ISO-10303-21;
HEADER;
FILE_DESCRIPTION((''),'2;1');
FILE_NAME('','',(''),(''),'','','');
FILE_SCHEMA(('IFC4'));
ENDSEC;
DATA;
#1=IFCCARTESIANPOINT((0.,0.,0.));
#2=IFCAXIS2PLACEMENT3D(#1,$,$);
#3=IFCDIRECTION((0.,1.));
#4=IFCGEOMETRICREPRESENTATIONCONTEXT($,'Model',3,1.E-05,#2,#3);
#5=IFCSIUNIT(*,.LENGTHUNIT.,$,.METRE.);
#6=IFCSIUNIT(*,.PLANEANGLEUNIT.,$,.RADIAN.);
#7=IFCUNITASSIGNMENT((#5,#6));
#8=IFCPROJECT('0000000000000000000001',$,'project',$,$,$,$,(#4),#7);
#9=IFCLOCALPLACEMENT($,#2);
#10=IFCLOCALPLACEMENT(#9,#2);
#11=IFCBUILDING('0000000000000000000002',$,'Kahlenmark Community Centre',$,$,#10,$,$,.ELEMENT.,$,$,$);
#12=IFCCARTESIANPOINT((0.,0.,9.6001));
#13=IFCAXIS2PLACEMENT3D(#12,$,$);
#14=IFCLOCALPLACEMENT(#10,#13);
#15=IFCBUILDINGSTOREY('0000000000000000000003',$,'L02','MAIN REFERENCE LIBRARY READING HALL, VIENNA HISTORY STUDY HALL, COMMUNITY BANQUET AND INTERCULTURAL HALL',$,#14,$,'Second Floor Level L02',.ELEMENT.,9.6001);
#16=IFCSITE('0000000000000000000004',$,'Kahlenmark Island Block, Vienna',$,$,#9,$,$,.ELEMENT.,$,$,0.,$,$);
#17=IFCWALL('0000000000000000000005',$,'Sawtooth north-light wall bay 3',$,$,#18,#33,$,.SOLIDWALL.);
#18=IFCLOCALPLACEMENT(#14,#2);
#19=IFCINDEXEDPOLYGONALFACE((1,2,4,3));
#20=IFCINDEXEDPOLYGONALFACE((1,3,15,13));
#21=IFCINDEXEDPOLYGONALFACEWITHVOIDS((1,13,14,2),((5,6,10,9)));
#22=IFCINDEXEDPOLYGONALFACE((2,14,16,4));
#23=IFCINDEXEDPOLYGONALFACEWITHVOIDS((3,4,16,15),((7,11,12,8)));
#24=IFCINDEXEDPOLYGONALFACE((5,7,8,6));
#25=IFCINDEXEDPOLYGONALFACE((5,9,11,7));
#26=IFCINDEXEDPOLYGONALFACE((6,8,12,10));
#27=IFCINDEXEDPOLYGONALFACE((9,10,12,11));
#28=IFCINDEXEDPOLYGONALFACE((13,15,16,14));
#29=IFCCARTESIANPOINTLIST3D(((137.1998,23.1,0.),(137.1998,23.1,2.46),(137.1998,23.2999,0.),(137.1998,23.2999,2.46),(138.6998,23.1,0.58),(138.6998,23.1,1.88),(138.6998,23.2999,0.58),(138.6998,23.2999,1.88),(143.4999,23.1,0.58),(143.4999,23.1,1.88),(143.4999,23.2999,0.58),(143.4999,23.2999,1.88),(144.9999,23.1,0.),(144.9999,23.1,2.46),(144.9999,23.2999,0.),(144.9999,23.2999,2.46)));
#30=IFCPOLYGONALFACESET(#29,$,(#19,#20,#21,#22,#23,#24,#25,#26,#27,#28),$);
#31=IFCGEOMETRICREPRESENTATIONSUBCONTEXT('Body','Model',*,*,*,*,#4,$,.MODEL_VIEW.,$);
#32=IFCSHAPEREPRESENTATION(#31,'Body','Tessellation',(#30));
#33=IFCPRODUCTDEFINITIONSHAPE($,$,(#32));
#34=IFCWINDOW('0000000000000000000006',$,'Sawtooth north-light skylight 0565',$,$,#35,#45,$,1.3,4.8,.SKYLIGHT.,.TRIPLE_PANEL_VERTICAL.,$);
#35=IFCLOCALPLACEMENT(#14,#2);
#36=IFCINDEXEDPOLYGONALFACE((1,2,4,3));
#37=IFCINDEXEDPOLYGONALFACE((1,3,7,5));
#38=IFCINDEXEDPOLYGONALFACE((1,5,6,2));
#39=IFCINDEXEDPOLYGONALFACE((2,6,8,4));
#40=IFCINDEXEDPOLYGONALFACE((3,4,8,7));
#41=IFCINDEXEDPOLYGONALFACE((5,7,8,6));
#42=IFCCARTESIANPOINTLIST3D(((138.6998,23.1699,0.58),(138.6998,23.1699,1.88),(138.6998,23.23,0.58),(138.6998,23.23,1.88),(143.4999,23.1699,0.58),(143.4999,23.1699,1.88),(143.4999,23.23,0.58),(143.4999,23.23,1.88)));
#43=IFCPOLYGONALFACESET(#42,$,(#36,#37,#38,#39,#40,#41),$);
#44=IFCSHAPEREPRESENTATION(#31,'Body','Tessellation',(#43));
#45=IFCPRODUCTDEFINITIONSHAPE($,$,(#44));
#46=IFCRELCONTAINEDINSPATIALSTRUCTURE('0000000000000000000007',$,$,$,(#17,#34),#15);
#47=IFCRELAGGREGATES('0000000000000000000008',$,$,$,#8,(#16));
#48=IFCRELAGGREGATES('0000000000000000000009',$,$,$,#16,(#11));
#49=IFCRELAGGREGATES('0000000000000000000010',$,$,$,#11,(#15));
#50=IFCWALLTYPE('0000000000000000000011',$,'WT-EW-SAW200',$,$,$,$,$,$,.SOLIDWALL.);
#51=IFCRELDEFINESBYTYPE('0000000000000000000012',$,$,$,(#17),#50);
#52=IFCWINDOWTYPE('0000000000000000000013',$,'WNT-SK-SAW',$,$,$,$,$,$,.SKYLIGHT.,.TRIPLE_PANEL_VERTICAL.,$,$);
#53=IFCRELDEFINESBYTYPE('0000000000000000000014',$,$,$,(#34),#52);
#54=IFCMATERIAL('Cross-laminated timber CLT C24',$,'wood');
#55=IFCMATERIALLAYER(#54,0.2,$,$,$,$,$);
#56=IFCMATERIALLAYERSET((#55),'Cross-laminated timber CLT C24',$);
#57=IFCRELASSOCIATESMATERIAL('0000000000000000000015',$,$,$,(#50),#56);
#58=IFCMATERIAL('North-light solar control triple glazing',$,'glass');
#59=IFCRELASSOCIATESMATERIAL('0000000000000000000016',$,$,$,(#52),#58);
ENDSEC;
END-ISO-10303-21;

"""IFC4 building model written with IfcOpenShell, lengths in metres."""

from ifc_helpers import new_model, si_unit, direction, frame, frame_2d, origin, place, context, subcontext, project, spatial, rectangle, extrude, material, layer, layer_set, type_object, element, fill, save


model = new_model("IFC4")

# Units and contexts
model_context = context("Model", 3, precision=1e-05, world=origin(), true_north=direction((0.0, 1.0)))
body_context = subcontext(model_context, "Body", "Model", "MODEL_VIEW")
ifc_project = project(units=[si_unit("LENGTHUNIT", "METRE"), si_unit("PLANEANGLEUNIT", "RADIAN")], contexts=[model_context])

# Site, building, storey
site_placement = place(None, origin())
site = spatial("IfcSite", under=ifc_project, at=site_placement, Name="Kahlenmark Island Block, Vienna", CompositionType="ELEMENT", RefElevation=0.0)
building_placement = place(site_placement, origin())
building = spatial("IfcBuilding", under=site, at=building_placement, Name="Kahlenmark Community Centre", CompositionType="ELEMENT")
storey_placement = place(building_placement, frame((0.0, 0.0, 9.6001)))
storey = spatial("IfcBuildingStorey", under=building, at=storey_placement, Name="L02", Description="MAIN REFERENCE LIBRARY READING HALL, VIENNA HISTORY STUDY HALL, COMMUNITY BANQUET AND INTERCULTURAL HALL", LongName="Second Floor Level L02", CompositionType="ELEMENT", Elevation=9.6001)

# Wall, opening, window
ifc_material_1 = material(Name="Cross-laminated timber CLT C24", Category="wood")
ifc_layer_1 = layer(ifc_material_1, 0.2)
ifc_layer_set_1 = layer_set([ifc_layer_1], Name="Cross-laminated timber CLT C24")
wall_type = type_object("IfcWallType", Name="WT-EW-SAW200", PredefinedType="SOLIDWALL", material=ifc_layer_set_1)
ifc_material_2 = material(Name="North-light solar control triple glazing", Category="glass")
window_type = type_object("IfcWindowType", Name="WNT-SK-SAW", PartitioningType="TRIPLE_PANEL_VERTICAL", PredefinedType="SKYLIGHT", material=ifc_material_2)
wall_1_placement = place(storey_placement, frame((137.2, 23.2, 0.0), z_axis=(0.0, 0.0, 1.0), x_axis=(1.0, 0.0, 0.0)))
wall_1 = element("IfcWall", 1, at=wall_1_placement, inside=storey, type_object=wall_type, Name="Sawtooth north-light wall bay 3", PredefinedType="SOLIDWALL", context=body_context, shape_type="SweptSolid", body=[
    extrude(rectangle(XDim=7.8, YDim=0.2, at=frame_2d((3.8999, 0.0))), origin(), (0.0, 0.0, 1.0), 2.46),
])
opening_1_placement = place(wall_1_placement, frame((1.5, 0.0, 0.5801)))
opening_1 = element("IfcOpeningElement", 2, at=opening_1_placement, cuts=wall_1, PredefinedType="OPENING", context=body_context, shape_type="SweptSolid", body=[
    extrude(rectangle(XDim=4.8, YDim=1.3, at=frame_2d((2.3999, 0.6499))), frame((0.0, 0.1099, 0.0), z_axis=(0.0, -1.0, 0.0), x_axis=(1.0, 0.0, 0.0)), (0.0, 0.0, 1.0), 0.22),
])
window_1_placement = place(opening_1_placement, origin())
window_1 = element("IfcWindow", 3, at=window_1_placement, inside=storey, type_object=window_type, Name="Sawtooth north-light skylight 0565", OverallHeight=1.3, OverallWidth=4.8, PartitioningType="TRIPLE_PANEL_VERTICAL", PredefinedType="SKYLIGHT", context=body_context, shape_type="SweptSolid", body=[
    extrude(rectangle(XDim=4.8, YDim=1.3, at=frame_2d((2.3999, 0.6499))), frame((0.0, 0.03, 0.0), z_axis=(0.0, -1.0, 0.0), x_axis=(1.0, 0.0, 0.0)), (0.0, 0.0, 1.0), 0.0601),
])
fill(opening_1, window_1)

save(model, "model.ifc")
